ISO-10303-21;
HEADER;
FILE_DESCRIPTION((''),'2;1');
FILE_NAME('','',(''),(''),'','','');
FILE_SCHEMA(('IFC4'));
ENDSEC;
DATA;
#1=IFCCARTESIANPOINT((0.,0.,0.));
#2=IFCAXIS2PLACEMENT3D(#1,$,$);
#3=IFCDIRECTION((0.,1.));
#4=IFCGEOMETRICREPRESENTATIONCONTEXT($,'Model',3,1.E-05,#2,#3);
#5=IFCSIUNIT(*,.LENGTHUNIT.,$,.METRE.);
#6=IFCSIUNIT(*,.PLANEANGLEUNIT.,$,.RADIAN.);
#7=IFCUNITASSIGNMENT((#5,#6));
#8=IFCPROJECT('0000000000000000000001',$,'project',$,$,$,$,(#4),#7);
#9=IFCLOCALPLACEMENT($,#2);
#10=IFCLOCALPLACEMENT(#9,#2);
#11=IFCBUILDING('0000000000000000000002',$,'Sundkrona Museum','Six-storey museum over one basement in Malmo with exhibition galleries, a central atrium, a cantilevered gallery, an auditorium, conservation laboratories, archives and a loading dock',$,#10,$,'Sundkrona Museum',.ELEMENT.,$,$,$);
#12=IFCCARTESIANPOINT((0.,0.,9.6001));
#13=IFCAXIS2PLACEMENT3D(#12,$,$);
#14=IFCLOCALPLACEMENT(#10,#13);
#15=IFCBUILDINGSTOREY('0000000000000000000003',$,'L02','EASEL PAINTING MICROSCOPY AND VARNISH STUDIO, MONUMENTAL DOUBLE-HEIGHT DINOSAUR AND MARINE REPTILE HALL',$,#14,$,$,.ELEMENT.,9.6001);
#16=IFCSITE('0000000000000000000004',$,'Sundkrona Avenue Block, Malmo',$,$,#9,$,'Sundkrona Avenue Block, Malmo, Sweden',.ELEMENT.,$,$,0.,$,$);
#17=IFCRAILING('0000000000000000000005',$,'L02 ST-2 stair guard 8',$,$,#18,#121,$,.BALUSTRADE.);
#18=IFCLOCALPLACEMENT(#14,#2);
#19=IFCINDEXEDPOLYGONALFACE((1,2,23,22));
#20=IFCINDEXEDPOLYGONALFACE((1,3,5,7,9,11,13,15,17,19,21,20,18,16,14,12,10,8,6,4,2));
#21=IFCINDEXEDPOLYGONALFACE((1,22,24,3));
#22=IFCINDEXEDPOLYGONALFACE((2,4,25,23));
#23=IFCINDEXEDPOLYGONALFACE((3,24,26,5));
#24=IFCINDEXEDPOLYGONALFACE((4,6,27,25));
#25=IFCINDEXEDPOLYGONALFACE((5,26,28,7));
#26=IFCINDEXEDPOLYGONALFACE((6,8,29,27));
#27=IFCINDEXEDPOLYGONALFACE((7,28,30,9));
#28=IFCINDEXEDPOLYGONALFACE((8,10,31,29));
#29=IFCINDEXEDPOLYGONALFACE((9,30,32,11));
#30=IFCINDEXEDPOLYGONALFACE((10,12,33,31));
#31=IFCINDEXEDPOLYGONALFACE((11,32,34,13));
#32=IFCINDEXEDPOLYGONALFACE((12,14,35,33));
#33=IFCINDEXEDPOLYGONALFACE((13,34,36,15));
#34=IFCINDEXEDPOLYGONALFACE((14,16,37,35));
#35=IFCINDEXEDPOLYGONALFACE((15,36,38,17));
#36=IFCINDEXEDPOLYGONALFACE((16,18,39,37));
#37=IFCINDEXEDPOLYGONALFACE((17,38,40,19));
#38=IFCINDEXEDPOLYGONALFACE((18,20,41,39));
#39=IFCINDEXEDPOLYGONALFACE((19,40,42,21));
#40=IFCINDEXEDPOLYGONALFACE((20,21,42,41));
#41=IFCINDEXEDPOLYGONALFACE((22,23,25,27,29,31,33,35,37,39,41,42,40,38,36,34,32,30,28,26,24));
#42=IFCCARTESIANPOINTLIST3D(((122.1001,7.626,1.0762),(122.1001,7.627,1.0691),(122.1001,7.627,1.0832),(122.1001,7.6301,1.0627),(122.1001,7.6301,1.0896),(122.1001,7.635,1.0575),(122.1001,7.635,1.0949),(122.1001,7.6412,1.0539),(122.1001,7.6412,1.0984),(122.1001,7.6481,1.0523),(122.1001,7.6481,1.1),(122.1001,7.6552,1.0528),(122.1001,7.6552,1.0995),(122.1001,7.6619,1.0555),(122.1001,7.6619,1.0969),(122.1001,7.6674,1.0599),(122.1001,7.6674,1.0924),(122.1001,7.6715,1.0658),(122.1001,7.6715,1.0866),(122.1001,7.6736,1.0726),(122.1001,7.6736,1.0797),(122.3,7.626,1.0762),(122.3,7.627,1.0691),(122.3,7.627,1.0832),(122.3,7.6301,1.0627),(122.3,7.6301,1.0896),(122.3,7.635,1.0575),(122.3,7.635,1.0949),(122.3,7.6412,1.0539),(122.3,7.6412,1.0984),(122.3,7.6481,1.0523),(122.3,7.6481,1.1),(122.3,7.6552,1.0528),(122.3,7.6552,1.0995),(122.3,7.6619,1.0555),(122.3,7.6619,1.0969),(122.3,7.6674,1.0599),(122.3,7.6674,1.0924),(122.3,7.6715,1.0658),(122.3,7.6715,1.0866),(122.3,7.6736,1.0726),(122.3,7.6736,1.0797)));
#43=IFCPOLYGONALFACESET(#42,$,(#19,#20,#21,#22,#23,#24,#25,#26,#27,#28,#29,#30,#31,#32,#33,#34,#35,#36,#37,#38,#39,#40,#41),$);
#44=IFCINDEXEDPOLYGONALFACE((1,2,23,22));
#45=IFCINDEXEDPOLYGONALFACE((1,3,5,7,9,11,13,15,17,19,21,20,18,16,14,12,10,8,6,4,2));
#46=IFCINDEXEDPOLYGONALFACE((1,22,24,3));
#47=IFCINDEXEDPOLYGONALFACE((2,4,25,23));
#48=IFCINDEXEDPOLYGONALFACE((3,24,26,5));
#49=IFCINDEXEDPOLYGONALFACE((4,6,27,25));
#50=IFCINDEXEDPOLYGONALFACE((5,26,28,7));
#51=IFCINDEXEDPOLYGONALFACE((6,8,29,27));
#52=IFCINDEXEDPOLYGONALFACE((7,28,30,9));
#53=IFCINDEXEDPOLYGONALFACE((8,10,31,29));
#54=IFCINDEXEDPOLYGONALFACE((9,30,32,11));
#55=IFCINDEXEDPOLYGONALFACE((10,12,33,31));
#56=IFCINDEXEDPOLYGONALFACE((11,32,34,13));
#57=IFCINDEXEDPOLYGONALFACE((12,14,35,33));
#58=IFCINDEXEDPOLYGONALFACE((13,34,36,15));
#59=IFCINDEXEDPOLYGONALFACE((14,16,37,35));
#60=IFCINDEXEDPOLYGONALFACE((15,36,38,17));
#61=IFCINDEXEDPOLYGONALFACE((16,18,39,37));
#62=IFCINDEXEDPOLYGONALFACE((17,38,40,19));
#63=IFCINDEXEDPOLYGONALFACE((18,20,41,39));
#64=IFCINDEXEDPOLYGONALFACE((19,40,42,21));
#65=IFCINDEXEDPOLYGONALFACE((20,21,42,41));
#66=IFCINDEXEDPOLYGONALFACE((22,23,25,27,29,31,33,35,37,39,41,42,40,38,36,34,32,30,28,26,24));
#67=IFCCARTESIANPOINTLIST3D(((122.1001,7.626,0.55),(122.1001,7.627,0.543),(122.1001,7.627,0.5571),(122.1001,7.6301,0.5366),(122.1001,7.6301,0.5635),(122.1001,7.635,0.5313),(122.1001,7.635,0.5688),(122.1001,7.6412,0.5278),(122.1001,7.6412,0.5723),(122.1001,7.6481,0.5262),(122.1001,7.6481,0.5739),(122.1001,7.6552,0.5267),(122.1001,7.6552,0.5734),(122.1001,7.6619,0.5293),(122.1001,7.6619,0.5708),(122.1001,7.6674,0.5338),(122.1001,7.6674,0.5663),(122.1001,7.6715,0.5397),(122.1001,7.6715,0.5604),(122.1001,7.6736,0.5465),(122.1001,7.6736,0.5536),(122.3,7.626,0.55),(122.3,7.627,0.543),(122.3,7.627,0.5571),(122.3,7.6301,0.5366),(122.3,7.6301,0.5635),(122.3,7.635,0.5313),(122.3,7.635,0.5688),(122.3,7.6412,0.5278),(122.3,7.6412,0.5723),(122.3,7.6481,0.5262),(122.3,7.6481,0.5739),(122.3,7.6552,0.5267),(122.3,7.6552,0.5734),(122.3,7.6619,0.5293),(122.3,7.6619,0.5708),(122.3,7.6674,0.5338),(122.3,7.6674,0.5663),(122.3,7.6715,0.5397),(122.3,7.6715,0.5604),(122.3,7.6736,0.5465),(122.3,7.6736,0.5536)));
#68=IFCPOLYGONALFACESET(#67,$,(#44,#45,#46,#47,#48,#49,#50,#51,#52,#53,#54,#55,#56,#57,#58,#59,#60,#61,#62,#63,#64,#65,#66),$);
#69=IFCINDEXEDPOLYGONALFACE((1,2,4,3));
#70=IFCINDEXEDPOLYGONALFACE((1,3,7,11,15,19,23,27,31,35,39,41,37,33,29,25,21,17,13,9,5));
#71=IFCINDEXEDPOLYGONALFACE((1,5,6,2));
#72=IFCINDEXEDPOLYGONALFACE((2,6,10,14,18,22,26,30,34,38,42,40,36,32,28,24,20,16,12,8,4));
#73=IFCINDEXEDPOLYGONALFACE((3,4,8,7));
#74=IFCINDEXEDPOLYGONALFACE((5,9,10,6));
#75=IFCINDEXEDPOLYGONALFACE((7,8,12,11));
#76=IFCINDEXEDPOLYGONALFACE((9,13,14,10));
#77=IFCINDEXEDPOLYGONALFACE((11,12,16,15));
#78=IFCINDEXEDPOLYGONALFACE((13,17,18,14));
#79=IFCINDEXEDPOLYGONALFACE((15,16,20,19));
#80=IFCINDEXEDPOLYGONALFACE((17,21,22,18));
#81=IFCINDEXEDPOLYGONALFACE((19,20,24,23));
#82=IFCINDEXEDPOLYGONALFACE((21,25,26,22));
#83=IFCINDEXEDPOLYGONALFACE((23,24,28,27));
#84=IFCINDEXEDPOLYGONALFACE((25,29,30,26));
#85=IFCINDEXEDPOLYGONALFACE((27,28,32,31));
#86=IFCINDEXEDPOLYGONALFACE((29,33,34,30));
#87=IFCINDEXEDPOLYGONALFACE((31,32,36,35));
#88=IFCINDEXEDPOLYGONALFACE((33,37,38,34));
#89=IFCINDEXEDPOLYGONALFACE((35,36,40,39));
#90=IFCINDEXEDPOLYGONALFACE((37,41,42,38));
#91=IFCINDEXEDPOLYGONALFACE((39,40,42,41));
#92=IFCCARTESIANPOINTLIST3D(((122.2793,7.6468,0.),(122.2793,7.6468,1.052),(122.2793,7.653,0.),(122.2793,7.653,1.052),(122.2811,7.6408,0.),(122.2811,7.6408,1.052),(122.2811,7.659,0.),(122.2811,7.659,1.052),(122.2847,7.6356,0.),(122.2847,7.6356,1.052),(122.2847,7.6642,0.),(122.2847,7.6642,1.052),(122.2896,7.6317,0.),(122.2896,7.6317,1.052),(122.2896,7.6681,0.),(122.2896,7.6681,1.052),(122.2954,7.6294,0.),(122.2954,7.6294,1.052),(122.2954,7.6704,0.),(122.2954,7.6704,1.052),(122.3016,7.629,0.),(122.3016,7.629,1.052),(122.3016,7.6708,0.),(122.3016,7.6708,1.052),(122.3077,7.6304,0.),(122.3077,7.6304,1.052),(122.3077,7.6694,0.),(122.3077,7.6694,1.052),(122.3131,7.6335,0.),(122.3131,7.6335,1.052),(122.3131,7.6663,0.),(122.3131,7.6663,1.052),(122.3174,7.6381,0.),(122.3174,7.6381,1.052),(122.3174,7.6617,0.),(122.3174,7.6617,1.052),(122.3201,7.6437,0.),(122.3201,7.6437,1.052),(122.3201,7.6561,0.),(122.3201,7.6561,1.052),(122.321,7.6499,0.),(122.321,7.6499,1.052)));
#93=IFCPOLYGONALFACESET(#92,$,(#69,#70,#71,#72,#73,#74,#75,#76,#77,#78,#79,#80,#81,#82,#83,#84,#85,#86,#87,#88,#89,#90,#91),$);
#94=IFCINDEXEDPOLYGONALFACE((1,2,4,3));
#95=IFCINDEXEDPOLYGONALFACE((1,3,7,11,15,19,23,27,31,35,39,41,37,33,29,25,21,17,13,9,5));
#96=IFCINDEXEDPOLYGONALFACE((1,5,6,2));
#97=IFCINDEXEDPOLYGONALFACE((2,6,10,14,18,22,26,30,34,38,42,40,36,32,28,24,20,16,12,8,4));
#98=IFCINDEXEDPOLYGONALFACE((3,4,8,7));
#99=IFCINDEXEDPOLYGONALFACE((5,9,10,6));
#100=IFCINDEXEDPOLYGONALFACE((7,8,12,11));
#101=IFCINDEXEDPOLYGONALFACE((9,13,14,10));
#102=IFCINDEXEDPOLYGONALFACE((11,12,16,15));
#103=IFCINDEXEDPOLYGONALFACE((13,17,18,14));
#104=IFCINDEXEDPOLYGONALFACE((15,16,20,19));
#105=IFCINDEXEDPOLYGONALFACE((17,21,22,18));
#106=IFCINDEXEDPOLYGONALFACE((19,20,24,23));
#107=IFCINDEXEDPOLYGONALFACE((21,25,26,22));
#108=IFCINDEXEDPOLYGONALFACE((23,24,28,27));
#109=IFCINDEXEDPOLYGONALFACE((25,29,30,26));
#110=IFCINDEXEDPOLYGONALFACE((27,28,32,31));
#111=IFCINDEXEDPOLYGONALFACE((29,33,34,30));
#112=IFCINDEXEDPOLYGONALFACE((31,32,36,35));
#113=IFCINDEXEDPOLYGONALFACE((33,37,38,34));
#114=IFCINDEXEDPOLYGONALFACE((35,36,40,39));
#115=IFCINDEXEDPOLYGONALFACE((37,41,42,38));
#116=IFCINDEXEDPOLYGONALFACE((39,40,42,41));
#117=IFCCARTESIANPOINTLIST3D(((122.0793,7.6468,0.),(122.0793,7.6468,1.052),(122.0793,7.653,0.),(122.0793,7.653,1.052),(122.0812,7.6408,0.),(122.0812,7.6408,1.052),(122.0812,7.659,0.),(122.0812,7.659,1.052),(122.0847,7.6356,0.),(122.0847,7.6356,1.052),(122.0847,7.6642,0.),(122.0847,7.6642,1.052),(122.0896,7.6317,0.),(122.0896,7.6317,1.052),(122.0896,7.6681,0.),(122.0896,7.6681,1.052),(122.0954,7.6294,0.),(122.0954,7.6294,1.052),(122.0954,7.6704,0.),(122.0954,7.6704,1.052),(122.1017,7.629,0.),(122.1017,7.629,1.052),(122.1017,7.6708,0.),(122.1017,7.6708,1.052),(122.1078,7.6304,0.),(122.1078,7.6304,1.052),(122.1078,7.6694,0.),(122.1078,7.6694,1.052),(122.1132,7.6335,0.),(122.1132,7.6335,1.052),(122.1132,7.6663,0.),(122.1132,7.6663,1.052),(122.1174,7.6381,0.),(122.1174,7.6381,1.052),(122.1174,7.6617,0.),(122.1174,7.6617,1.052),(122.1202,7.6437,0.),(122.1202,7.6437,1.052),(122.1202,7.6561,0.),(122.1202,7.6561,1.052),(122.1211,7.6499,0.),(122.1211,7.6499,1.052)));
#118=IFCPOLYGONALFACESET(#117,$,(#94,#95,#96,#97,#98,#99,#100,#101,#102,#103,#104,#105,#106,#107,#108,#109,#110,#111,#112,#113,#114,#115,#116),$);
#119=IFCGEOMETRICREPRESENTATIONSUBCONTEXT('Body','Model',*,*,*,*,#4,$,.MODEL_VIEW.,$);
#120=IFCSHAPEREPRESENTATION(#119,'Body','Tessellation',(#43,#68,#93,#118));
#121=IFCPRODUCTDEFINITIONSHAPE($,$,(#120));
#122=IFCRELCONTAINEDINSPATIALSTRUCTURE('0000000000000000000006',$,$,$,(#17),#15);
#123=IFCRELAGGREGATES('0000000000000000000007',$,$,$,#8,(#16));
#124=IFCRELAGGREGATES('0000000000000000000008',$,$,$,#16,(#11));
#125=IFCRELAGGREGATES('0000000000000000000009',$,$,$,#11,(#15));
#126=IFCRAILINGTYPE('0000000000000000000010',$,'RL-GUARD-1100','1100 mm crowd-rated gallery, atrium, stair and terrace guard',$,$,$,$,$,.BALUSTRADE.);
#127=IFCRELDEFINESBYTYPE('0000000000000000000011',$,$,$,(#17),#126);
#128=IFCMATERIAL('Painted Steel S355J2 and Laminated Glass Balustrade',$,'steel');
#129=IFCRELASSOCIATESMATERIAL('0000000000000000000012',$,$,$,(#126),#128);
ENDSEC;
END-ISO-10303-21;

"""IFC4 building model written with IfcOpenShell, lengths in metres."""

from ifc_helpers import new_model, si_unit, direction, frame, origin, origin_2d, place, context, subcontext, project, spatial, circle, extrude, material, type_object, element, save


model = new_model("IFC4")

# Units and contexts
model_context = context("Model", 3, precision=1e-05, world=origin(), true_north=direction((0.0, 1.0)))
body_context = subcontext(model_context, "Body", "Model", "MODEL_VIEW")
ifc_project = project(units=[si_unit("LENGTHUNIT", "METRE"), si_unit("PLANEANGLEUNIT", "RADIAN")], contexts=[model_context])

# Site, building, storey
site_placement = place(None, origin())
site = spatial("IfcSite", under=ifc_project, at=site_placement, Name="Sundkrona Avenue Block, Malmo", LongName="Sundkrona Avenue Block, Malmo, Sweden", CompositionType="ELEMENT", RefElevation=0.0)
building_placement = place(site_placement, origin())
building = spatial("IfcBuilding", under=site, at=building_placement, Name="Sundkrona Museum", Description="Six-storey museum over one basement in Malmo with exhibition galleries, a central atrium, a cantilevered gallery, an auditorium, conservation laboratories, archives and a loading dock", LongName="Sundkrona Museum", CompositionType="ELEMENT")
storey_placement = place(building_placement, frame((0.0, 0.0, 9.6001)))
storey = spatial("IfcBuildingStorey", under=building, at=storey_placement, Name="L02", Description="EASEL PAINTING MICROSCOPY AND VARNISH STUDIO, MONUMENTAL DOUBLE-HEIGHT DINOSAUR AND MARINE REPTILE HALL", CompositionType="ELEMENT", Elevation=9.6001)

# Railing
ifc_material_1 = material(Name="Painted Steel S355J2 and Laminated Glass Balustrade", Category="steel")
railing_type_1 = type_object("IfcRailingType", Name="RL-GUARD-1100", Description="1100 mm crowd-rated gallery, atrium, stair and terrace guard", PredefinedType="BALUSTRADE", material=ifc_material_1)
railing_1_placement = place(storey_placement, frame((122.3, 7.6499, 0.0)))
element("IfcRailing", 1, at=railing_1_placement, inside=storey, type_object=railing_type_1, Name="L02 ST-2 stair guard 8", PredefinedType="BALUSTRADE", context=body_context, shape_type="SweptSolid", body=[
    extrude(circle(Radius=0.0239, at=origin_2d()), frame((0.0, 0.0, 1.0762), z_axis=(-1.0, 0.0, 0.0), x_axis=(0.0, -1.0, 0.0)), (0.0, 0.0, 1.0), 0.2),
    extrude(circle(Radius=0.0239, at=origin_2d()), frame((0.0, 0.0, 0.55), z_axis=(-1.0, 0.0, 0.0), x_axis=(0.0, -1.0, 0.0)), (0.0, 0.0, 1.0), 0.2),
    extrude(circle(Radius=0.021, at=origin_2d()), origin(), (0.0, 0.0, 1.0), 1.052),
    extrude(circle(Radius=0.021, at=origin_2d()), frame((-0.2, 0.0, 0.0)), (0.0, 0.0, 1.0), 1.052),
])

save(model, "model.ifc")
